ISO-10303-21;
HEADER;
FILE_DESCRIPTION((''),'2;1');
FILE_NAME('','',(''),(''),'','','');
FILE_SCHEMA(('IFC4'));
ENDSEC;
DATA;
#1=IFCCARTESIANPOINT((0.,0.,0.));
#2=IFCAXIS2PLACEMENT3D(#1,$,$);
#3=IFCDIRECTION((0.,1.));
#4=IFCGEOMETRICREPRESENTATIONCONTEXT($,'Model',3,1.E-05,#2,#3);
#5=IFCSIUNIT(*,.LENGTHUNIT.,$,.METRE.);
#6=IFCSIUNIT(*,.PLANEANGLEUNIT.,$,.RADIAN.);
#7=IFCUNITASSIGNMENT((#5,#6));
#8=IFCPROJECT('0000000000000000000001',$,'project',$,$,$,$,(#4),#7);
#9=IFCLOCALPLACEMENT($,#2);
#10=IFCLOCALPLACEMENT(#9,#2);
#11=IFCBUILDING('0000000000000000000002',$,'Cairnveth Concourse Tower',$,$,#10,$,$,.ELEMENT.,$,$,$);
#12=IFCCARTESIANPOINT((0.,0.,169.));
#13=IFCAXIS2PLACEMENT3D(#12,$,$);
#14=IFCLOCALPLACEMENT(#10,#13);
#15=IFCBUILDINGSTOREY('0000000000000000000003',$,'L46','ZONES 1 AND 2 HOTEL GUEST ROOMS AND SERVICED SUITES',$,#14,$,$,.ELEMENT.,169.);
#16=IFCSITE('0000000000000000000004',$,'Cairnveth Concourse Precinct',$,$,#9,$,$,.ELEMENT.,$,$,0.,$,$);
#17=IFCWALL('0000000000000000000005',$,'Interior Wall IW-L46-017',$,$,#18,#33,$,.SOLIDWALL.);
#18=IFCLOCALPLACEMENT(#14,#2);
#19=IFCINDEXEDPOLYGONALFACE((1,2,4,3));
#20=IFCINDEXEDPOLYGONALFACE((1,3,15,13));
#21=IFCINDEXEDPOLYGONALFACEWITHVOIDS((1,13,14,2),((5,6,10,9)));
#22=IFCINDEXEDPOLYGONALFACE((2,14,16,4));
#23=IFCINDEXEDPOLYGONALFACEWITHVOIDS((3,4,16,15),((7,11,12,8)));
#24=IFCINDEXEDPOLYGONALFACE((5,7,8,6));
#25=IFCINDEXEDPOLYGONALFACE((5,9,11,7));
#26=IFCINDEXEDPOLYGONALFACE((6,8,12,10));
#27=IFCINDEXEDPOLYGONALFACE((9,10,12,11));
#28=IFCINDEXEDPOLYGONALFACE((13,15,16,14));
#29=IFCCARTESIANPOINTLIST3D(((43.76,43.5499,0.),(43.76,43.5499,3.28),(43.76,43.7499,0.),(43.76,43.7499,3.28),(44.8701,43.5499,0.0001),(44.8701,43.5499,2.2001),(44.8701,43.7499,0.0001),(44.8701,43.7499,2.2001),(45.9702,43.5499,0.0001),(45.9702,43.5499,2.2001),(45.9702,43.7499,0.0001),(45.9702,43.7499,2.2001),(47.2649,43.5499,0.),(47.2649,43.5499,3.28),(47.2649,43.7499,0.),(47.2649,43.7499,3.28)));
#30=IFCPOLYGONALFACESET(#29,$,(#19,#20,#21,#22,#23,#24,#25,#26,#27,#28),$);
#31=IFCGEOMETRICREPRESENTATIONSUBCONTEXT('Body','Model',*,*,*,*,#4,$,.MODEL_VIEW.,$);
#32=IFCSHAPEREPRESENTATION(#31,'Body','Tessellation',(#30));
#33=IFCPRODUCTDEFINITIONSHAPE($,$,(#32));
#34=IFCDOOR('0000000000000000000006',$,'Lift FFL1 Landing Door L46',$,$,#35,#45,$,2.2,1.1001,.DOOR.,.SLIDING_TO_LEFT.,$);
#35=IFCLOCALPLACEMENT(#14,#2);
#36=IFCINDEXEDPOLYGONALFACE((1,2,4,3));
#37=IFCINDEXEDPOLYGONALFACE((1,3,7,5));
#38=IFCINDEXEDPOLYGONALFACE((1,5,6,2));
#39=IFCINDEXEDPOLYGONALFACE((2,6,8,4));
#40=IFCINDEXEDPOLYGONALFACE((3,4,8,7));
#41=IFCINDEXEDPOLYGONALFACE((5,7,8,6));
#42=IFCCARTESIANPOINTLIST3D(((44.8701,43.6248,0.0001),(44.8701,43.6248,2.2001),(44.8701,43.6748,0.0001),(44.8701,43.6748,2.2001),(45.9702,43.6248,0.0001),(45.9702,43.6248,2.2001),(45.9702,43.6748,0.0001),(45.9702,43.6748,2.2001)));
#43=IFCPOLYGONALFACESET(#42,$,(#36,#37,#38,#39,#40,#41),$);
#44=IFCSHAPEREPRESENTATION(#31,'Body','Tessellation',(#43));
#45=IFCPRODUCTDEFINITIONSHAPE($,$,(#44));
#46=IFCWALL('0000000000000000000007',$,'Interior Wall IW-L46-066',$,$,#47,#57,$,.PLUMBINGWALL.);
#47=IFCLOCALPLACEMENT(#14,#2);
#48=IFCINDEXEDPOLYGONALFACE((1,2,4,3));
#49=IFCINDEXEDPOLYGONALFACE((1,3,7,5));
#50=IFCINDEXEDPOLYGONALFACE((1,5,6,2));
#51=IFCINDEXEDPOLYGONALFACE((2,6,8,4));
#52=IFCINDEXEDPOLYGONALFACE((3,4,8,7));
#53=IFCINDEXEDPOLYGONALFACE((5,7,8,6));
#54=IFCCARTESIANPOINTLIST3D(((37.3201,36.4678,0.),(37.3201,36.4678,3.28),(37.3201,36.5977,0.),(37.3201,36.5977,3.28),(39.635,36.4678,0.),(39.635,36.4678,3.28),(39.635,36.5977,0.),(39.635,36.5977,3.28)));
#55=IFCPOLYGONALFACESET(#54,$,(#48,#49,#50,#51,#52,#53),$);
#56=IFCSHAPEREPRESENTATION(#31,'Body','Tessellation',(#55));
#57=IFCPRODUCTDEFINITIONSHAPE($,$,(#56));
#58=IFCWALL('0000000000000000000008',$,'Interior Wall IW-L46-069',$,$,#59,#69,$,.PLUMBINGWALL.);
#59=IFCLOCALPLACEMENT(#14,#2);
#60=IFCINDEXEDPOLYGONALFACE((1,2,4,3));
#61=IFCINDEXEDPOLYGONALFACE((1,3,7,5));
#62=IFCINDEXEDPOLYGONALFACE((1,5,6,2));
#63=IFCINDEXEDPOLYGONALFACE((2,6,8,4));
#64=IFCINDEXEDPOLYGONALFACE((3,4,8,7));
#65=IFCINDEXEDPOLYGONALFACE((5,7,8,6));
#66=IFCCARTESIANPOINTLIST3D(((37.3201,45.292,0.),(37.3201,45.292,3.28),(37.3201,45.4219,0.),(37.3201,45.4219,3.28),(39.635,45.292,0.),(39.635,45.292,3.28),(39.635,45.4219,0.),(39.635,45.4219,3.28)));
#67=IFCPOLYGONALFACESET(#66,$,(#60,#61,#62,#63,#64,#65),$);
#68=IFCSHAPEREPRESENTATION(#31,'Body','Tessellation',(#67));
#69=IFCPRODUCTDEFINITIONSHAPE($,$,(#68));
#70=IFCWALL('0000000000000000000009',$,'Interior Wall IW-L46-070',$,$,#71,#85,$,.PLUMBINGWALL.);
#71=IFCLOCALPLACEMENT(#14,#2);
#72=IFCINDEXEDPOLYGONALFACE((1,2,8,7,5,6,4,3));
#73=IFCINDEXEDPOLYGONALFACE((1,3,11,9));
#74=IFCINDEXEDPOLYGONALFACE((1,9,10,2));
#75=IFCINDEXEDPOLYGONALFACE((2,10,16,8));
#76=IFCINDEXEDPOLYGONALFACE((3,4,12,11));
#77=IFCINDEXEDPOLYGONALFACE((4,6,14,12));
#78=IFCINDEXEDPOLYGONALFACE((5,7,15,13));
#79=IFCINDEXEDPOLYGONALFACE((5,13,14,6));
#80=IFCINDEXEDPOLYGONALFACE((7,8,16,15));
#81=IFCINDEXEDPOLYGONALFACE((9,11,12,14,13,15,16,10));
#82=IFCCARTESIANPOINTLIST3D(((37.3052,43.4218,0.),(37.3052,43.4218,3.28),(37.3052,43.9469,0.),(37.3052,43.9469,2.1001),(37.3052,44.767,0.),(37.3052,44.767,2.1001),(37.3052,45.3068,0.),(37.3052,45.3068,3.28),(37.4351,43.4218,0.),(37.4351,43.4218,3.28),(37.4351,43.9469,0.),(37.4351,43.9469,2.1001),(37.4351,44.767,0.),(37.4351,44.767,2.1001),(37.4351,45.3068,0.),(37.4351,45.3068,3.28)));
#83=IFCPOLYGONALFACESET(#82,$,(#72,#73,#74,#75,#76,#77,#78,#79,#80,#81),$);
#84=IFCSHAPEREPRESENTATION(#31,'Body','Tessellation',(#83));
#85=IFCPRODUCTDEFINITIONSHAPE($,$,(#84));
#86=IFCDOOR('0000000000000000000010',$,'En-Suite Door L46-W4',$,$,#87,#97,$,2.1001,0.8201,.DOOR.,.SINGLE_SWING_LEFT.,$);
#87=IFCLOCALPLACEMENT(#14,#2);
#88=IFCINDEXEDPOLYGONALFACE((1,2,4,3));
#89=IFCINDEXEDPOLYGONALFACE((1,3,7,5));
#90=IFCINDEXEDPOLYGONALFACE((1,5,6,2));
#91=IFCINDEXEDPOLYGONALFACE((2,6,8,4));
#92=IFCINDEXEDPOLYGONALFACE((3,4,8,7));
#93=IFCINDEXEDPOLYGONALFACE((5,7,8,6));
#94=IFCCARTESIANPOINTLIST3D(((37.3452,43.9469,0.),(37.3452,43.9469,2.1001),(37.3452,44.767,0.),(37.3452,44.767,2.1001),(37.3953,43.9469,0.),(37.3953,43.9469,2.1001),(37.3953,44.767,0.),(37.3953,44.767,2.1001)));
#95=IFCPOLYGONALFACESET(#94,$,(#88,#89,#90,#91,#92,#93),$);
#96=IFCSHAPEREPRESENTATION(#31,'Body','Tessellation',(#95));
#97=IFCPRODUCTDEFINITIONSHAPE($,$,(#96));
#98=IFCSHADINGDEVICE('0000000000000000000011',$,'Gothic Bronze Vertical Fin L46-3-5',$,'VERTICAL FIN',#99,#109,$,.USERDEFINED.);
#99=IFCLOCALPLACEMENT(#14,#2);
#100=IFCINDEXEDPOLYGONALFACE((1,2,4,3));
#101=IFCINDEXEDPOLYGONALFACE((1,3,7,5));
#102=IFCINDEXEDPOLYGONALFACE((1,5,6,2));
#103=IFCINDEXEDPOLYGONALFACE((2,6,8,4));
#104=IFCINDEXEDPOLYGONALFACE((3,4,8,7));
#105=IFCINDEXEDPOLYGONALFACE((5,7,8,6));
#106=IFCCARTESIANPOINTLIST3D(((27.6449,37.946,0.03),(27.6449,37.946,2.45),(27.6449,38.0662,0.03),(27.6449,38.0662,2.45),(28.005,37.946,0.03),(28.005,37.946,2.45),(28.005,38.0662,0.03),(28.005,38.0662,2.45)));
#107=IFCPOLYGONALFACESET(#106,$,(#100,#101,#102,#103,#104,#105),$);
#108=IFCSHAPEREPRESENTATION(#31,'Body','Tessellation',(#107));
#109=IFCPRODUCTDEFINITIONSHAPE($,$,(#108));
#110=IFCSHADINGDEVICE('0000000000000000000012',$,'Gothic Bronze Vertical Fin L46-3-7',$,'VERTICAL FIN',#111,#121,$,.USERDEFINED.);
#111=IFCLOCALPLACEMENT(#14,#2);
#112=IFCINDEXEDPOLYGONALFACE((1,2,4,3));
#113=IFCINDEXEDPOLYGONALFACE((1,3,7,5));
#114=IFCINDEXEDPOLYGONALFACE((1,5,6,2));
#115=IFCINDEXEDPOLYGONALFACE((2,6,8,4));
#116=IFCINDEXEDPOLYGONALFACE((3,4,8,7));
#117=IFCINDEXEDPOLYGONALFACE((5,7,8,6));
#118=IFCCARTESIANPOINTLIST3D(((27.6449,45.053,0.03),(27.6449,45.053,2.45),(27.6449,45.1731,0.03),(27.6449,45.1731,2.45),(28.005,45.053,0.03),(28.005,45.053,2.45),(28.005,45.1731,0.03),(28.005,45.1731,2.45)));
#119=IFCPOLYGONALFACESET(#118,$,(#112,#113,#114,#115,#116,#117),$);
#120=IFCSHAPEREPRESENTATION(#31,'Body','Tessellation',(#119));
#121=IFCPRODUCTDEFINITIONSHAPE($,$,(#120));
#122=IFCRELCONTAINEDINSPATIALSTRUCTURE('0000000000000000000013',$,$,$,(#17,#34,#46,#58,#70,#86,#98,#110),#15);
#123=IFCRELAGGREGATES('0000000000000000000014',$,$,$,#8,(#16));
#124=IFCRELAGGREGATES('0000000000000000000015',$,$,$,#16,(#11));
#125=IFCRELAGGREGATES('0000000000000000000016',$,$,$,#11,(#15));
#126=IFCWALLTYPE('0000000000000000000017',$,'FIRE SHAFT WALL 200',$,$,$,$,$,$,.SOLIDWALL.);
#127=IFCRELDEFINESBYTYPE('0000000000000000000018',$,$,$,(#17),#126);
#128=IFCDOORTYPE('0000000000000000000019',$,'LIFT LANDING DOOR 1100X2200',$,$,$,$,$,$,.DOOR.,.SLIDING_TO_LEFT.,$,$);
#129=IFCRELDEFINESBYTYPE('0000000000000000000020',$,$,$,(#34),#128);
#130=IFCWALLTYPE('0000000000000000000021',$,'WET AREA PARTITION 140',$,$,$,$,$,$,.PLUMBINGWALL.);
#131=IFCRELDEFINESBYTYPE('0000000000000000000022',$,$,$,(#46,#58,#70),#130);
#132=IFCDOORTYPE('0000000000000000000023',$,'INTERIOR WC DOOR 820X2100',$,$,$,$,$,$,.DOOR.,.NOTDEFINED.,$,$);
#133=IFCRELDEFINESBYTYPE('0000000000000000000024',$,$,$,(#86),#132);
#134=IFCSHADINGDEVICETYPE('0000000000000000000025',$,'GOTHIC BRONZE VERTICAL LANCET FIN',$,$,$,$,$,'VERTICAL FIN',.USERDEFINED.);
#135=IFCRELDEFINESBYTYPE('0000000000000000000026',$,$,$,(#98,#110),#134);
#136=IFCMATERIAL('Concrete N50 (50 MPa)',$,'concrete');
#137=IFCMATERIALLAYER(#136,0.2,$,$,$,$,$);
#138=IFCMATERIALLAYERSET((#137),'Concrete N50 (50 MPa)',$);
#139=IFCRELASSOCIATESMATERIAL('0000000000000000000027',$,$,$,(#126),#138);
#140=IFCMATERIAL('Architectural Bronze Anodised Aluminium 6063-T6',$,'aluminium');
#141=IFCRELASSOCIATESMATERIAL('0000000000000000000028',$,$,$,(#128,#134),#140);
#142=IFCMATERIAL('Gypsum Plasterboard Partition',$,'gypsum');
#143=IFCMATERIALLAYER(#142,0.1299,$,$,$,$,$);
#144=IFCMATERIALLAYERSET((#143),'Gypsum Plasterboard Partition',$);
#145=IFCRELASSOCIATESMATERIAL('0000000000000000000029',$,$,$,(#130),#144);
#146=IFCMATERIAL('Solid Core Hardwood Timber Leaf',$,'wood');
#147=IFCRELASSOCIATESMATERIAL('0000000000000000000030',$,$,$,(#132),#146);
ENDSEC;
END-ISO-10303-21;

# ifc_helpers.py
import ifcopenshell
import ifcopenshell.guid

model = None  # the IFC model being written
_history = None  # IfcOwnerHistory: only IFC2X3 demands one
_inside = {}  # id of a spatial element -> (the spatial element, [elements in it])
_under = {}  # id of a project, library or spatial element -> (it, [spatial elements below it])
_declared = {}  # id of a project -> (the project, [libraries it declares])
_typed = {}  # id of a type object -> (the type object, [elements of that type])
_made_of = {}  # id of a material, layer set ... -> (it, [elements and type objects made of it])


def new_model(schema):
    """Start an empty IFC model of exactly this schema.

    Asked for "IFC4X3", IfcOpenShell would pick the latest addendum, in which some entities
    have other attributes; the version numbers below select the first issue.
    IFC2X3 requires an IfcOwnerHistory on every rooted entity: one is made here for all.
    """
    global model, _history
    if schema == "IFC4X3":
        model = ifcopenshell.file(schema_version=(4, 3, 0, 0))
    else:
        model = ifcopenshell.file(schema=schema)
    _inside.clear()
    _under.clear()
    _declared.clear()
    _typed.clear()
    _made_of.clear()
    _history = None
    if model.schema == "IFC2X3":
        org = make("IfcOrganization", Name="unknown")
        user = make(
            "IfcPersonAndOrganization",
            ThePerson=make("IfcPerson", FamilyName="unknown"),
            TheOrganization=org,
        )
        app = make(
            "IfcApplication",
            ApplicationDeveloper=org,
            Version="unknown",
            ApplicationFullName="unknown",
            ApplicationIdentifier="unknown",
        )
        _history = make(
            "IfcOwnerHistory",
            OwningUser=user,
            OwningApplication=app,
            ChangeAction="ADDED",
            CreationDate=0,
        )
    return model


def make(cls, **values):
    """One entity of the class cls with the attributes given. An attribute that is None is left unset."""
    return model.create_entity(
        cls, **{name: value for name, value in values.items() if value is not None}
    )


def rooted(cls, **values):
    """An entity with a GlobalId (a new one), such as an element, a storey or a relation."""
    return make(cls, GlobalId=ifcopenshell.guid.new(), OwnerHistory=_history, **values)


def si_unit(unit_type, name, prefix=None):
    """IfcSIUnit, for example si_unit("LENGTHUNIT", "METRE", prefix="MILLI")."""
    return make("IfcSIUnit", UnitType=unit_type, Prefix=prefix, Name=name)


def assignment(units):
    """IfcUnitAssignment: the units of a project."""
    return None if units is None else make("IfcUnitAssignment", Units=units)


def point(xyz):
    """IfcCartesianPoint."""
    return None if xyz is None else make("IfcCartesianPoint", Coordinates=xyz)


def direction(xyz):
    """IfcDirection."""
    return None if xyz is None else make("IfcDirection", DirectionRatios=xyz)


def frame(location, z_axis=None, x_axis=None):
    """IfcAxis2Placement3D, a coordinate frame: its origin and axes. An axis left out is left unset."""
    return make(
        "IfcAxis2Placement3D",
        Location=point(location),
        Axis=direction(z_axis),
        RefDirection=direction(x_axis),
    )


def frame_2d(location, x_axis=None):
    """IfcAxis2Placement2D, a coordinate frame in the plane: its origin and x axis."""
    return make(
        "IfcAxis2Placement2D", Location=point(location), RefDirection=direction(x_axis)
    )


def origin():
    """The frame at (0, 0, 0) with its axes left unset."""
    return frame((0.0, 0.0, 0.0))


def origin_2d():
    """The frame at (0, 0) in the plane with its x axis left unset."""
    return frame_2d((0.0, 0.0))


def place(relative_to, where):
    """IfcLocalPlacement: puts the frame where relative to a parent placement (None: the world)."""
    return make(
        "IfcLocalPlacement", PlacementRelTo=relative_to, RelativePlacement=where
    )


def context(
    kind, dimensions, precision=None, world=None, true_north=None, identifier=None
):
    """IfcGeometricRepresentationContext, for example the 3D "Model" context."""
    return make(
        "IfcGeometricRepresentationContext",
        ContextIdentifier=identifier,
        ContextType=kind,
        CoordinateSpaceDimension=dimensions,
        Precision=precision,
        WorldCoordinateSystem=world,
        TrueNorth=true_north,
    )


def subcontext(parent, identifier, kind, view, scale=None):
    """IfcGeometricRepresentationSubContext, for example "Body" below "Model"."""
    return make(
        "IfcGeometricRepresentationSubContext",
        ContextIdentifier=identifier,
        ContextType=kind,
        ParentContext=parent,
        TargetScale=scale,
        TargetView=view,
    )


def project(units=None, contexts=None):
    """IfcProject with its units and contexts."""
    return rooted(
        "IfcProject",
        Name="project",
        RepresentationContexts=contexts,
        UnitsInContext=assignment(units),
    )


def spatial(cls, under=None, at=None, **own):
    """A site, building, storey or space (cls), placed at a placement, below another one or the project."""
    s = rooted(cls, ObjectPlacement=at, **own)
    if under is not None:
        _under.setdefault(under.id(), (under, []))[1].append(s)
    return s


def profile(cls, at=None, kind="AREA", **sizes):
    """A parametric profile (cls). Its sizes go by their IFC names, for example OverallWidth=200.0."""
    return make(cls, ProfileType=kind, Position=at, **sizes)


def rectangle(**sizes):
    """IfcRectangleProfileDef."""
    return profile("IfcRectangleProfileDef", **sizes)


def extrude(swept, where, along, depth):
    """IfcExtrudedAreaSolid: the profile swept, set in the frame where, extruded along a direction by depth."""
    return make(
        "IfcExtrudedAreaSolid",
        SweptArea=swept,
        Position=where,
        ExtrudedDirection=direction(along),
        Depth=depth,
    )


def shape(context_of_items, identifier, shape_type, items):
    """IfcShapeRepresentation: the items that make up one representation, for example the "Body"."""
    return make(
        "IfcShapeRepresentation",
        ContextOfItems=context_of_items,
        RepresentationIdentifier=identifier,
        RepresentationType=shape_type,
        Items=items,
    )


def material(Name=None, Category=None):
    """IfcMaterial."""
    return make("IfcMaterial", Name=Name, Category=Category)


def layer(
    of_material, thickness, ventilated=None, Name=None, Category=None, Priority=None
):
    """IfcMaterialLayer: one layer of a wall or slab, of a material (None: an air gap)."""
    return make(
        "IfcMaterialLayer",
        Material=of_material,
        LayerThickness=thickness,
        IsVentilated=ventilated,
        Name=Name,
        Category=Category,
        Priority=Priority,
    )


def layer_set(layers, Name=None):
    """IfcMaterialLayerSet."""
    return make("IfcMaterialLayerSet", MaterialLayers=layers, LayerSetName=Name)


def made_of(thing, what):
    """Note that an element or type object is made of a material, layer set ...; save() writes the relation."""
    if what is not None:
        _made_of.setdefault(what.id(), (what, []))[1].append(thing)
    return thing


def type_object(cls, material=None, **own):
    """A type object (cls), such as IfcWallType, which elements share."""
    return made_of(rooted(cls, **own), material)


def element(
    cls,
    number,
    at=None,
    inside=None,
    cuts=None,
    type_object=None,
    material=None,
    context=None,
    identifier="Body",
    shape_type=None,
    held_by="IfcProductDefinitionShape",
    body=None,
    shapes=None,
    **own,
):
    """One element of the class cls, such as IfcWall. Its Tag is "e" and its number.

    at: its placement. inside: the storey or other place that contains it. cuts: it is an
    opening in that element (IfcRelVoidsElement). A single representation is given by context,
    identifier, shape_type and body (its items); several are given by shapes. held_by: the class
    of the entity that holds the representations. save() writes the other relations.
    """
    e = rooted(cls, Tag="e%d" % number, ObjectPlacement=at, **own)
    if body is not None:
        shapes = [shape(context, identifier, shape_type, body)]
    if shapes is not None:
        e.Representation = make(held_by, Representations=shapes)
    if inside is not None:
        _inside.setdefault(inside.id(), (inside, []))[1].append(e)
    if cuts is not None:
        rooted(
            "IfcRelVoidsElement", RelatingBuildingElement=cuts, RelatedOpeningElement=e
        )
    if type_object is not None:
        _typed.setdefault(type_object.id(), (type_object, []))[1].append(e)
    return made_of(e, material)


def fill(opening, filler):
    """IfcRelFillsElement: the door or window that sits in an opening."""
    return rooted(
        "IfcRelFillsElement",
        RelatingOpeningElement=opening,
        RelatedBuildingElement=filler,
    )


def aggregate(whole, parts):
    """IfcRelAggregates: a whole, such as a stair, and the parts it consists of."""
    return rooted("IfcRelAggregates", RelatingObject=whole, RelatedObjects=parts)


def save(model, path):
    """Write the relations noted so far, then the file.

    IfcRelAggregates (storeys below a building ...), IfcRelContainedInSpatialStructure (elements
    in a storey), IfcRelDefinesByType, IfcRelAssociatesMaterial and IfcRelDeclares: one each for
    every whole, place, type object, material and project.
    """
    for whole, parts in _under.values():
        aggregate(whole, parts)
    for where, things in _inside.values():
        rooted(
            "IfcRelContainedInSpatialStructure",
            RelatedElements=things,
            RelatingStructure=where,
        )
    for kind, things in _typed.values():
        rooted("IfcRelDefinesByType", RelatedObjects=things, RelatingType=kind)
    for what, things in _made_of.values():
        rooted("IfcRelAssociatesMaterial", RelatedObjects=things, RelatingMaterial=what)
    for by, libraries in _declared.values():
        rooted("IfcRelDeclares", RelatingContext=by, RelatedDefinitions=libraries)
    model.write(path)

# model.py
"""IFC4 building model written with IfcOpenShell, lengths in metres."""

from ifc_helpers import new_model, si_unit, direction, frame, frame_2d, origin, origin_2d, place, context, subcontext, project, spatial, rectangle, extrude, material, layer, layer_set, type_object, element, fill, save


model = new_model("IFC4")

# Units and contexts
model_context = context("Model", 3, precision=1e-05, world=origin(), true_north=direction((0.0, 1.0)))
body_context = subcontext(model_context, "Body", "Model", "MODEL_VIEW")
ifc_project = project(units=[si_unit("LENGTHUNIT", "METRE"), si_unit("PLANEANGLEUNIT", "RADIAN")], contexts=[model_context])

# Site, building, storey
site_placement = place(None, origin())
site = spatial("IfcSite", under=ifc_project, at=site_placement, Name="Cairnveth Concourse Precinct", CompositionType="ELEMENT", RefElevation=0.0)
building_placement = place(site_placement, origin())
building = spatial("IfcBuilding", under=site, at=building_placement, Name="Cairnveth Concourse Tower", CompositionType="ELEMENT")
storey_placement = place(building_placement, frame((0.0, 0.0, 169.0)))
storey = spatial("IfcBuildingStorey", under=building, at=storey_placement, Name="L46", Description="ZONES 1 AND 2 HOTEL GUEST ROOMS AND SERVICED SUITES", CompositionType="ELEMENT", Elevation=169.0)

# Shared definitions
ifc_material_1 = material(Name="Gypsum Plasterboard Partition", Category="gypsum")

# Wall, opening, door
ifc_material_2 = material(Name="Concrete N50 (50 MPa)", Category="concrete")
ifc_layer_1 = layer(ifc_material_2, 0.2)
ifc_layer_set_1 = layer_set([ifc_layer_1], Name="Concrete N50 (50 MPa)")
wall_type_1 = type_object("IfcWallType", Name="FIRE SHAFT WALL 200", PredefinedType="SOLIDWALL", material=ifc_layer_set_1)
wall_1_placement = place(storey_placement, frame((43.76, 43.6499, 0.0), z_axis=(0.0, 0.0, 1.0), x_axis=(1.0, 0.0, 0.0)))
wall_1 = element("IfcWall", 1, at=wall_1_placement, inside=storey, type_object=wall_type_1, Name="Interior Wall IW-L46-017", PredefinedType="SOLIDWALL", context=body_context, shape_type="SweptSolid", body=[
    extrude(rectangle(XDim=3.5049, YDim=0.2, at=frame_2d((1.7524, 0.0))), origin(), (0.0, 0.0, 1.0), 3.28),
])
opening_1_placement = place(wall_1_placement, frame((1.1101, 0.0, 0.0)))
opening_1 = element("IfcOpeningElement", 2, at=opening_1_placement, cuts=wall_1, PredefinedType="OPENING", context=body_context, shape_type="SweptSolid", body=[
    extrude(rectangle(XDim=1.1001, YDim=2.2, at=frame_2d((0.55, 1.1001))), frame((0.0, 0.1099, 0.0), z_axis=(0.0, -1.0, 0.0), x_axis=(1.0, 0.0, 0.0)), (0.0, 0.0, 1.0), 0.22),
])
ifc_material_3 = material(Name="Architectural Bronze Anodised Aluminium 6063-T6", Category="aluminium")
door_type_1 = type_object("IfcDoorType", Name="LIFT LANDING DOOR 1100X2200", OperationType="SLIDING_TO_LEFT", PredefinedType="DOOR", material=ifc_material_3)
door_1_placement = place(opening_1_placement, origin())
door_1 = element("IfcDoor", 3, at=door_1_placement, inside=storey, type_object=door_type_1, Name="Lift FFL1 Landing Door L46", OperationType="SLIDING_TO_LEFT", OverallHeight=2.2, OverallWidth=1.1001, PredefinedType="DOOR", context=body_context, shape_type="SweptSolid", body=[
    extrude(rectangle(XDim=1.1001, YDim=2.2, at=frame_2d((0.55, 1.1001))), frame((0.0, 0.0249, 0.0), z_axis=(0.0, -1.0, 0.0), x_axis=(1.0, 0.0, 0.0)), (0.0, 0.0, 1.0), 0.05),
])
fill(opening_1, door_1)

# Walls
ifc_layer_2 = layer(ifc_material_1, 0.1299)
ifc_layer_set_2 = layer_set([ifc_layer_2], Name="Gypsum Plasterboard Partition")
wall_type_2 = type_object("IfcWallType", Name="WET AREA PARTITION 140", PredefinedType="PLUMBINGWALL", material=ifc_layer_set_2)
for number, where, z_axis, x_axis, name in (
    (4, (37.3201, 36.5327, 0.0), (0.0, 0.0, 1.0), (1.0, 0.0, 0.0), "Interior Wall IW-L46-066"),
    (5, (37.3201, 45.3569, 0.0), (0.0, 0.0, 1.0), (1.0, 0.0, 0.0), "Interior Wall IW-L46-069"),
):
    element("IfcWall", number, at=place(storey_placement, frame(where, z_axis=z_axis, x_axis=x_axis)), inside=storey, type_object=wall_type_2, Name=name, PredefinedType="PLUMBINGWALL", context=body_context, shape_type="SweptSolid", body=[
        extrude(rectangle(XDim=2.3149, YDim=0.1299, at=frame_2d((1.1575, 0.0))), origin(), (0.0, 0.0, 1.0), 3.28),
    ])

# Wall, opening, door
wall_2_placement = place(storey_placement, frame((37.3701, 43.4219, 0.0), z_axis=(0.0, 0.0, 1.0), x_axis=(0.0, 1.0, 0.0)))
wall_2 = element("IfcWall", 6, at=wall_2_placement, inside=storey, type_object=wall_type_2, Name="Interior Wall IW-L46-070", PredefinedType="PLUMBINGWALL", context=body_context, shape_type="SweptSolid", body=[
    extrude(rectangle(XDim=1.885, YDim=0.1299, at=frame_2d((0.9424, 0.0))), origin(), (0.0, 0.0, 1.0), 3.28),
])
opening_2_placement = place(wall_2_placement, frame((0.5249, 0.0, 0.0)))
opening_2 = element("IfcOpeningElement", 7, at=opening_2_placement, cuts=wall_2, PredefinedType="OPENING", context=body_context, shape_type="SweptSolid", body=[
    extrude(rectangle(XDim=0.8201, YDim=2.1001, at=frame_2d((0.4102, 1.05))), frame((0.0, 0.075, 0.0), z_axis=(0.0, -1.0, 0.0), x_axis=(1.0, 0.0, 0.0)), (0.0, 0.0, 1.0), 0.1499),
])
ifc_material_4 = material(Name="Solid Core Hardwood Timber Leaf", Category="wood")
door_type_2 = type_object("IfcDoorType", Name="INTERIOR WC DOOR 820X2100", OperationType="NOTDEFINED", PredefinedType="DOOR", material=ifc_material_4)
door_2_placement = place(opening_2_placement, origin())
door_2 = element("IfcDoor", 8, at=door_2_placement, inside=storey, type_object=door_type_2, Name="En-Suite Door L46-W4", OperationType="SINGLE_SWING_LEFT", OverallHeight=2.1001, OverallWidth=0.8201, PredefinedType="DOOR", context=body_context, shape_type="SweptSolid", body=[
    extrude(rectangle(XDim=0.8201, YDim=2.1001, at=frame_2d((0.4102, 1.05))), frame((0.0, 0.0249, 0.0), z_axis=(0.0, -1.0, 0.0), x_axis=(1.0, 0.0, 0.0)), (0.0, 0.0, 1.0), 0.05),
])
fill(opening_2, door_2)

# Shading devices
shading_device_type = type_object("IfcShadingDeviceType", Name="GOTHIC BRONZE VERTICAL LANCET FIN", ElementType="VERTICAL FIN", PredefinedType="USERDEFINED", material=ifc_material_3)
for number, where, z_axis, x_axis, name in (
    (9, (27.825, 38.0061, 0.03), (0.0, 0.0, 1.0), (0.0, 1.0, 0.0), "Gothic Bronze Vertical Fin L46-3-5"),
    (10, (27.825, 45.113, 0.03), (0.0, 0.0, 1.0), (0.0, 1.0, 0.0), "Gothic Bronze Vertical Fin L46-3-7"),
):
    element("IfcShadingDevice", number, at=place(storey_placement, frame(where, z_axis=z_axis, x_axis=x_axis)), inside=storey, type_object=shading_device_type, Name=name, ObjectType="VERTICAL FIN", PredefinedType="USERDEFINED", context=body_context, shape_type="SweptSolid", body=[
        extrude(rectangle(XDim=0.1201, YDim=0.3601, at=origin_2d()), origin(), (0.0, 0.0, 1.0), 2.4199),
    ])

save(model, "model.ifc")
